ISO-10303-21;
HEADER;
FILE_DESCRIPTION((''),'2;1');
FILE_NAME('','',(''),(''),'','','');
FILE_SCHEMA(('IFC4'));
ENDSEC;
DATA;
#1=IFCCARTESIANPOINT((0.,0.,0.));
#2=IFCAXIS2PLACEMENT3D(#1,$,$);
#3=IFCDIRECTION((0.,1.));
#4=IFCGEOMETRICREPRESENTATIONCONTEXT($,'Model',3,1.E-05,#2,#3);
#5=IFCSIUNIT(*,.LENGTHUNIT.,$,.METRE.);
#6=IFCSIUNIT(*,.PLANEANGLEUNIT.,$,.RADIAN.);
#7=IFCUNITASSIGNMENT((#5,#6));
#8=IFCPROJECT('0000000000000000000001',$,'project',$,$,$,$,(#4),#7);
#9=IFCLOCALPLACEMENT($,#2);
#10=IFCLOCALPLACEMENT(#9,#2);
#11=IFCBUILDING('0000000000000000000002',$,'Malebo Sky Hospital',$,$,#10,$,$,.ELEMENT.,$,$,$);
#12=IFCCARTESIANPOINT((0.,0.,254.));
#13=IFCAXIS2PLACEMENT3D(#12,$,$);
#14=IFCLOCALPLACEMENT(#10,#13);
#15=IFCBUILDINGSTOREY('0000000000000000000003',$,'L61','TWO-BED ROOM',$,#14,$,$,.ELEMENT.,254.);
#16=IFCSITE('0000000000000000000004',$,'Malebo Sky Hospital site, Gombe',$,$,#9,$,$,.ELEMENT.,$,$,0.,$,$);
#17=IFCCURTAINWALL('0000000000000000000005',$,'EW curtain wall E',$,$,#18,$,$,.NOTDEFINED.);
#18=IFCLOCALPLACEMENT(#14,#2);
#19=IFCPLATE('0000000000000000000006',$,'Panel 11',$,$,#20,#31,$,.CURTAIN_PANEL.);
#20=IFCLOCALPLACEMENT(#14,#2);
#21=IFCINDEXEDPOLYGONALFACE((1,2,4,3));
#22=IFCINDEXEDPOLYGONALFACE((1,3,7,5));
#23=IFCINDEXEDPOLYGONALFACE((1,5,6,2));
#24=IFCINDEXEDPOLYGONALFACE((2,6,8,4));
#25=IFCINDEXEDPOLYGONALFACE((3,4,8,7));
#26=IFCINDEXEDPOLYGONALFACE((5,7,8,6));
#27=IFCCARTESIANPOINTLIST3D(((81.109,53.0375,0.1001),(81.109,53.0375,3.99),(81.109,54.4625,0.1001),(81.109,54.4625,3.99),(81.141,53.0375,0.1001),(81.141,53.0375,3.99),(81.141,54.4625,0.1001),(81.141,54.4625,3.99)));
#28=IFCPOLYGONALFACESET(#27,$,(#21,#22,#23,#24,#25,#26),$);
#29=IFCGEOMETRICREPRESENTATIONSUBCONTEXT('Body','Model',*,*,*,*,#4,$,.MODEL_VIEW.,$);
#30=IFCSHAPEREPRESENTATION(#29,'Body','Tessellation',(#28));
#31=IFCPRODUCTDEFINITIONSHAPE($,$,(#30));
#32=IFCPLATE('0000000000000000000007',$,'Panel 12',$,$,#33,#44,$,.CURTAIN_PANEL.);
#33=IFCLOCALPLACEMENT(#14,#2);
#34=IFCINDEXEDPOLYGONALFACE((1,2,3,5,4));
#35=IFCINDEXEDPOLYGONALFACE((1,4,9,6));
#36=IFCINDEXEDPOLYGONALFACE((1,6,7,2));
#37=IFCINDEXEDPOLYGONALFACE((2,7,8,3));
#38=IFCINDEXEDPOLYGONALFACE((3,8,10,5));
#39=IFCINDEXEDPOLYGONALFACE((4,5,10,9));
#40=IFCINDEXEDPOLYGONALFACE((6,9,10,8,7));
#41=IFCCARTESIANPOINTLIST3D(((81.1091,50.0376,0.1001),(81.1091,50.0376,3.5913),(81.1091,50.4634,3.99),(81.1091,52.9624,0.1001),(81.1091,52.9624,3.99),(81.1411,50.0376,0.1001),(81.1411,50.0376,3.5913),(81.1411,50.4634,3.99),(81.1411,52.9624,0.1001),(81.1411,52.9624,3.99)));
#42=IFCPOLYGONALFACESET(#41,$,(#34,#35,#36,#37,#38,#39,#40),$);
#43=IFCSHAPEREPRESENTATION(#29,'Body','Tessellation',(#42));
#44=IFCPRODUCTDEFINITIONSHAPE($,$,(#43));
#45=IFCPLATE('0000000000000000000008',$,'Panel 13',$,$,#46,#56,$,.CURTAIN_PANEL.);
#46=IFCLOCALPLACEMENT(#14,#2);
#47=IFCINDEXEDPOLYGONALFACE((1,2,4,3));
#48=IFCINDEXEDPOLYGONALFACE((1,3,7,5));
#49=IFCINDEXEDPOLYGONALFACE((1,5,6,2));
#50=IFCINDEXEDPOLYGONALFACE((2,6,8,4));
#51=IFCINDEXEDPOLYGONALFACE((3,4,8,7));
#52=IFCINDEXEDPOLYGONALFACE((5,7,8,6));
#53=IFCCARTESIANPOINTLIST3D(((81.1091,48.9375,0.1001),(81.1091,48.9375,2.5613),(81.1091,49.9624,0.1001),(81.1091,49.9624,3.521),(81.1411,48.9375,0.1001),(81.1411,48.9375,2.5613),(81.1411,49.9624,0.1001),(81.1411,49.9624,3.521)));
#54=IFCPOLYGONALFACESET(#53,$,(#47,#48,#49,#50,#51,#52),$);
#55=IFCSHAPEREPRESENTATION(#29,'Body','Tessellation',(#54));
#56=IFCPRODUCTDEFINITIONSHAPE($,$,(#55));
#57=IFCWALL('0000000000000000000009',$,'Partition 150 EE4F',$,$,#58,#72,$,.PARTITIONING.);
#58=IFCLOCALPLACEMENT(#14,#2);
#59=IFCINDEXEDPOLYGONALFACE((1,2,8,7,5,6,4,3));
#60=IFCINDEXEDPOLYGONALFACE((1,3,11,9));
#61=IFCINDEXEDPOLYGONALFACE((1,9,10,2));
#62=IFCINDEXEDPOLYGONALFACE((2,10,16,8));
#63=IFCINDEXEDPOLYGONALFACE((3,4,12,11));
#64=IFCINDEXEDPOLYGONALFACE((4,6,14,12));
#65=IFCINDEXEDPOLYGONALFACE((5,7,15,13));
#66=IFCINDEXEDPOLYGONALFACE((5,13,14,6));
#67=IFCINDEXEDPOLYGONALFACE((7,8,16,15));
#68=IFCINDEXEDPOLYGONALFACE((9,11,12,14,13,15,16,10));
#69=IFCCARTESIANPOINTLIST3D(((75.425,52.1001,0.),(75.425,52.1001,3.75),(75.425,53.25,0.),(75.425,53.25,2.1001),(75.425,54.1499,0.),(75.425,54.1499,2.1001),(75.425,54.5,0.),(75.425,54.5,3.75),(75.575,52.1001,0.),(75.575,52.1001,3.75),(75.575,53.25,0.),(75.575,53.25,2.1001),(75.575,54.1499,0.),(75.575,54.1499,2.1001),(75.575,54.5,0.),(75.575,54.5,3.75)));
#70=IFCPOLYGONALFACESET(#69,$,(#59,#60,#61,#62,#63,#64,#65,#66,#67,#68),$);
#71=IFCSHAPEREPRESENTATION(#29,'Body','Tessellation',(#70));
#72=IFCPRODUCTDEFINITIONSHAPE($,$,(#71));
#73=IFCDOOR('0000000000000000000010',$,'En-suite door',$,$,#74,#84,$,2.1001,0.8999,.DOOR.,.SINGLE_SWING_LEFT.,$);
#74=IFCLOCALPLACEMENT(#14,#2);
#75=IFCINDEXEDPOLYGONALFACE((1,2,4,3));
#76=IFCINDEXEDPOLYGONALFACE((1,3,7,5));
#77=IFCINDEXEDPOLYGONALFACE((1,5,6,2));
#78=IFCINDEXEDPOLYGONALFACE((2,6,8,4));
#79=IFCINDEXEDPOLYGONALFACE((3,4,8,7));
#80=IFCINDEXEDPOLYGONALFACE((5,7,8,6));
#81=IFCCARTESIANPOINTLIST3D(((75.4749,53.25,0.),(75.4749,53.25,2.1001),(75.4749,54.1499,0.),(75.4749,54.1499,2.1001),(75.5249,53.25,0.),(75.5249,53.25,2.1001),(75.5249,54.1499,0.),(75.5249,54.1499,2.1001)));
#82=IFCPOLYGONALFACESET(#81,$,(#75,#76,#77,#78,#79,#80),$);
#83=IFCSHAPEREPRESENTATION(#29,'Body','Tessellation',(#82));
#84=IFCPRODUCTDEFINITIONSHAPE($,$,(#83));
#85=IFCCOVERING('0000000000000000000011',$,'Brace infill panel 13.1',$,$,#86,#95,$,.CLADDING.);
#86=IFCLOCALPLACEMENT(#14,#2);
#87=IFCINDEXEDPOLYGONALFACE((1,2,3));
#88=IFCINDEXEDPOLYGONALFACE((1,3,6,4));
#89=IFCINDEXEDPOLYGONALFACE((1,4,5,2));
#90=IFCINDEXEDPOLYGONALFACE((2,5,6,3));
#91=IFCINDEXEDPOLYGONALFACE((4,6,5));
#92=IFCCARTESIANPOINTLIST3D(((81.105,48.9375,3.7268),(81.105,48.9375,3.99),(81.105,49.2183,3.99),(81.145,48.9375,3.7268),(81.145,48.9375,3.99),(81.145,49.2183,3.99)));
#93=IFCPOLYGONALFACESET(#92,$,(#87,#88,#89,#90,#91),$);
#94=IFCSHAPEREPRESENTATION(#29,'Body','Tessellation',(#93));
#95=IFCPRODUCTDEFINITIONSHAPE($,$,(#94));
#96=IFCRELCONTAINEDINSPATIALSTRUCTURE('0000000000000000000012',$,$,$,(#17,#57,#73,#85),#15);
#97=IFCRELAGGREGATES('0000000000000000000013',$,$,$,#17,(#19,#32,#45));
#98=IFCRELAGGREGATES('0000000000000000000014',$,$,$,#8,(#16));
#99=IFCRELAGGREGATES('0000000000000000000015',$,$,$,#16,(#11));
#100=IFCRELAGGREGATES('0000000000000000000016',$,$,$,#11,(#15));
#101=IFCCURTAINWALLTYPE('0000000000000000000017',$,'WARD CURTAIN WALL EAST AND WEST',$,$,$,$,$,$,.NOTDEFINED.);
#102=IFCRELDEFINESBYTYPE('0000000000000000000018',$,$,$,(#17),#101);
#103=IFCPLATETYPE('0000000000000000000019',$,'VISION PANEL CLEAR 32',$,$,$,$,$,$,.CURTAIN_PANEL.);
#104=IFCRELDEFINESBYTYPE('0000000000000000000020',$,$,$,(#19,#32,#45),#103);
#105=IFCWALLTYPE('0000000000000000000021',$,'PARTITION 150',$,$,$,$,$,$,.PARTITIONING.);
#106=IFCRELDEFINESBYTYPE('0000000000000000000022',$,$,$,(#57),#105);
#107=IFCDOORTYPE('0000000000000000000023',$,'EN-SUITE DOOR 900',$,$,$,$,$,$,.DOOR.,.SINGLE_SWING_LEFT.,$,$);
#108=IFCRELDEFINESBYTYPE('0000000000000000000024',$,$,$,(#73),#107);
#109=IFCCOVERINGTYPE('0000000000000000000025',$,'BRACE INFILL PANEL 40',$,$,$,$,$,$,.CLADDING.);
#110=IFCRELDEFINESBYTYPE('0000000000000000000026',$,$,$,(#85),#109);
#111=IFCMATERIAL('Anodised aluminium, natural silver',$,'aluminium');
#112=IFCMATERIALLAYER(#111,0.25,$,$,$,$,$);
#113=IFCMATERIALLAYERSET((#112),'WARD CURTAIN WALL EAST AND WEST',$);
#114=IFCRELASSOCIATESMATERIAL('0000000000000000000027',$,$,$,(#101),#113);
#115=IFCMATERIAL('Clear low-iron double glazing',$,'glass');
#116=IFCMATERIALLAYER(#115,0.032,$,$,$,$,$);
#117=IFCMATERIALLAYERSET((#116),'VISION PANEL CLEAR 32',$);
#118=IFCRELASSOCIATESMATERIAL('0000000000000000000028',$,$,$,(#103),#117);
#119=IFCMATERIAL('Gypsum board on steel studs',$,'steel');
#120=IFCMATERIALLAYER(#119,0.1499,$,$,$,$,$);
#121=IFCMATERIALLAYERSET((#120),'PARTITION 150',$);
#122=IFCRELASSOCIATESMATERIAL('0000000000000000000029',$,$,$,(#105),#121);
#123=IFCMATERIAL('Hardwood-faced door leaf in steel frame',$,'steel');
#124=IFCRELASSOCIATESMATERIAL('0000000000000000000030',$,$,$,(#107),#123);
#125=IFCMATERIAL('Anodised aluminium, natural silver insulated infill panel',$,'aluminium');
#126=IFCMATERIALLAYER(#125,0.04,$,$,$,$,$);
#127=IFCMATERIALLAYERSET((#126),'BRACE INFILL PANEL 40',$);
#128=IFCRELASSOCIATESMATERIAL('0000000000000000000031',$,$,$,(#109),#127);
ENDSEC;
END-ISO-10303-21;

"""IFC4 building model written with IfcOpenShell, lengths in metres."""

from ifc_helpers import new_model, si_unit, direction, frame, frame_2d, origin, origin_2d, place, context, subcontext, project, spatial, polyline, rectangle, outline, extrude, material, layer, layer_set, type_object, element, fill, aggregate, save


model = new_model("IFC4")

# Units and contexts
model_context = context("Model", 3, precision=1e-05, world=origin(), true_north=direction((0.0, 1.0)))
body_context = subcontext(model_context, "Body", "Model", "MODEL_VIEW")
ifc_project = project(units=[si_unit("LENGTHUNIT", "METRE"), si_unit("PLANEANGLEUNIT", "RADIAN")], contexts=[model_context])

# Site, building, storey
site_placement = place(None, origin())
site = spatial("IfcSite", under=ifc_project, at=site_placement, Name="Malebo Sky Hospital site, Gombe", CompositionType="ELEMENT", RefElevation=0.0)
building_placement = place(site_placement, origin())
building = spatial("IfcBuilding", under=site, at=building_placement, Name="Malebo Sky Hospital", CompositionType="ELEMENT")
storey_placement = place(building_placement, frame((0.0, 0.0, 254.0)))
storey = spatial("IfcBuildingStorey", under=building, at=storey_placement, Name="L61", Description="TWO-BED ROOM", CompositionType="ELEMENT", Elevation=254.0)

# Curtain wall
ifc_material_1 = material(Name="Anodised aluminium, natural silver", Category="aluminium")
ifc_layer_1 = layer(ifc_material_1, 0.25)
ifc_layer_set_1 = layer_set([ifc_layer_1], Name="WARD CURTAIN WALL EAST AND WEST")
curtain_wall_type = type_object("IfcCurtainWallType", Name="WARD CURTAIN WALL EAST AND WEST", PredefinedType="NOTDEFINED", material=ifc_layer_set_1)
curtain_wall_placement = place(storey_placement, origin())
curtain_wall = element("IfcCurtainWall", 1, at=curtain_wall_placement, inside=storey, type_object=curtain_wall_type, Name="EW curtain wall E", PredefinedType="NOTDEFINED")

# Plates
ifc_material_2 = material(Name="Clear low-iron double glazing", Category="glass")
ifc_layer_2 = layer(ifc_material_2, 0.032)
ifc_layer_set_2 = layer_set([ifc_layer_2], Name="VISION PANEL CLEAR 32")
plate_type = type_object("IfcPlateType", Name="VISION PANEL CLEAR 32", PredefinedType="CURTAIN_PANEL", material=ifc_layer_set_2)
plate_1_placement = place(storey_placement, frame((81.125, 53.75, 0.1001), z_axis=(0.0, 0.0, 1.0), x_axis=(0.0, -1.0, 0.0)))
plate_1 = element("IfcPlate", 2, at=plate_1_placement, type_object=plate_type, Name="Panel 11", PredefinedType="CURTAIN_PANEL", context=body_context, shape_type="SweptSolid", body=[
    extrude(rectangle(XDim=1.425, YDim=0.032, at=origin_2d()), origin(), (0.0, 0.0, 1.0), 3.8899),
])
plate_2_placement = place(storey_placement, frame((81.125, 51.5, 0.1001), z_axis=(0.0, 0.0, 1.0), x_axis=(0.0, -1.0, 0.0)))
plate_2 = element("IfcPlate", 3, at=plate_2_placement, type_object=plate_type, Name="Panel 12", PredefinedType="CURTAIN_PANEL", context=body_context, shape_type="SweptSolid", body=[
    extrude(outline(polyline([(-1.4624, 0.0), (1.4624, 0.0), (1.4624, 3.4912), (1.0366, 3.8899), (-1.4624, 3.8899), (-1.4624, 0.0)])), frame((0.0, 0.0161, 0.0), z_axis=(0.0, -1.0, 0.0), x_axis=(1.0, 0.0, 0.0)), (0.0, 0.0, 1.0), 0.032),
])
plate_3_placement = place(storey_placement, frame((81.125, 49.45, 0.1001), z_axis=(0.0, 0.0, 1.0), x_axis=(0.0, -1.0, 0.0)))
plate_3 = element("IfcPlate", 4, at=plate_3_placement, type_object=plate_type, Name="Panel 13", PredefinedType="CURTAIN_PANEL", context=body_context, shape_type="SweptSolid", body=[
    extrude(outline(polyline([(-0.5125, 0.0), (0.5125, 0.0), (0.5125, 2.4612), (-0.5125, 3.4209), (-0.5125, 0.0)])), frame((0.0, 0.0161, 0.0), z_axis=(0.0, -1.0, 0.0), x_axis=(1.0, 0.0, 0.0)), (0.0, 0.0, 1.0), 0.032),
])
aggregate(curtain_wall, [plate_1, plate_2, plate_3])

# Wall, opening, door
ifc_material_3 = material(Name="Gypsum board on steel studs", Category="steel")
ifc_layer_3 = layer(ifc_material_3, 0.1499)
ifc_layer_set_3 = layer_set([ifc_layer_3], Name="PARTITION 150")
wall_type = type_object("IfcWallType", Name="PARTITION 150", PredefinedType="PARTITIONING", material=ifc_layer_set_3)
wall_placement = place(storey_placement, frame((75.5, 54.5, 0.0), z_axis=(0.0, 0.0, 1.0), x_axis=(0.0, -1.0, 0.0)))
wall = element("IfcWall", 5, at=wall_placement, inside=storey, type_object=wall_type, Name="Partition 150 EE4F", PredefinedType="PARTITIONING", context=body_context, shape_type="SweptSolid", body=[
    extrude(rectangle(XDim=2.3999, YDim=0.1499, at=frame_2d((1.2, 0.0))), origin(), (0.0, 0.0, 1.0), 3.75),
])
opening_placement = place(wall_placement, frame((0.3501, 0.0, 0.0)))
opening = element("IfcOpeningElement", 6, at=opening_placement, cuts=wall, PredefinedType="OPENING", context=body_context, shape_type="SweptSolid", body=[
    extrude(rectangle(XDim=0.8999, YDim=2.1001, at=frame_2d((0.45, 1.05))), frame((0.0, 0.085, 0.0), z_axis=(0.0, -1.0, 0.0), x_axis=(1.0, 0.0, 0.0)), (0.0, 0.0, 1.0), 0.1699),
])
ifc_material_4 = material(Name="Hardwood-faced door leaf in steel frame", Category="steel")
door_type = type_object("IfcDoorType", Name="EN-SUITE DOOR 900", OperationType="SINGLE_SWING_LEFT", PredefinedType="DOOR", material=ifc_material_4)
door_placement = place(opening_placement, origin())
door = element("IfcDoor", 7, at=door_placement, inside=storey, type_object=door_type, Name="En-suite door", OperationType="SINGLE_SWING_LEFT", OverallHeight=2.1001, OverallWidth=0.8999, PredefinedType="DOOR", context=body_context, shape_type="SweptSolid", body=[
    extrude(rectangle(XDim=0.8999, YDim=2.1001, at=frame_2d((0.45, 1.05))), frame((0.0, 0.0249, 0.0), z_axis=(0.0, -1.0, 0.0), x_axis=(1.0, 0.0, 0.0)), (0.0, 0.0, 1.0), 0.05),
])
fill(opening, door)

# Covering
ifc_material_5 = material(Name="Anodised aluminium, natural silver insulated infill panel", Category="aluminium")
ifc_layer_4 = layer(ifc_material_5, 0.04)
ifc_layer_set_4 = layer_set([ifc_layer_4], Name="BRACE INFILL PANEL 40")
covering_type = type_object("IfcCoveringType", Name="BRACE INFILL PANEL 40", PredefinedType="CLADDING", material=ifc_layer_set_4)
covering_placement = place(storey_placement, frame((81.125, 49.0779, 3.7268), z_axis=(0.0, 0.0, 1.0), x_axis=(0.0, -1.0, 0.0)))
element("IfcCovering", 8, at=covering_placement, inside=storey, type_object=covering_type, Name="Brace infill panel 13.1", PredefinedType="CLADDING", context=body_context, shape_type="SweptSolid", body=[
    extrude(outline(polyline([(0.1404, 0.0), (0.1404, 0.2632), (-0.1404, 0.2632), (0.1404, 0.0)])), frame((0.0, 0.02, 0.0), z_axis=(0.0, -1.0, 0.0), x_axis=(1.0, 0.0, 0.0)), (0.0, 0.0, 1.0), 0.04),
])

save(model, "model.ifc")
